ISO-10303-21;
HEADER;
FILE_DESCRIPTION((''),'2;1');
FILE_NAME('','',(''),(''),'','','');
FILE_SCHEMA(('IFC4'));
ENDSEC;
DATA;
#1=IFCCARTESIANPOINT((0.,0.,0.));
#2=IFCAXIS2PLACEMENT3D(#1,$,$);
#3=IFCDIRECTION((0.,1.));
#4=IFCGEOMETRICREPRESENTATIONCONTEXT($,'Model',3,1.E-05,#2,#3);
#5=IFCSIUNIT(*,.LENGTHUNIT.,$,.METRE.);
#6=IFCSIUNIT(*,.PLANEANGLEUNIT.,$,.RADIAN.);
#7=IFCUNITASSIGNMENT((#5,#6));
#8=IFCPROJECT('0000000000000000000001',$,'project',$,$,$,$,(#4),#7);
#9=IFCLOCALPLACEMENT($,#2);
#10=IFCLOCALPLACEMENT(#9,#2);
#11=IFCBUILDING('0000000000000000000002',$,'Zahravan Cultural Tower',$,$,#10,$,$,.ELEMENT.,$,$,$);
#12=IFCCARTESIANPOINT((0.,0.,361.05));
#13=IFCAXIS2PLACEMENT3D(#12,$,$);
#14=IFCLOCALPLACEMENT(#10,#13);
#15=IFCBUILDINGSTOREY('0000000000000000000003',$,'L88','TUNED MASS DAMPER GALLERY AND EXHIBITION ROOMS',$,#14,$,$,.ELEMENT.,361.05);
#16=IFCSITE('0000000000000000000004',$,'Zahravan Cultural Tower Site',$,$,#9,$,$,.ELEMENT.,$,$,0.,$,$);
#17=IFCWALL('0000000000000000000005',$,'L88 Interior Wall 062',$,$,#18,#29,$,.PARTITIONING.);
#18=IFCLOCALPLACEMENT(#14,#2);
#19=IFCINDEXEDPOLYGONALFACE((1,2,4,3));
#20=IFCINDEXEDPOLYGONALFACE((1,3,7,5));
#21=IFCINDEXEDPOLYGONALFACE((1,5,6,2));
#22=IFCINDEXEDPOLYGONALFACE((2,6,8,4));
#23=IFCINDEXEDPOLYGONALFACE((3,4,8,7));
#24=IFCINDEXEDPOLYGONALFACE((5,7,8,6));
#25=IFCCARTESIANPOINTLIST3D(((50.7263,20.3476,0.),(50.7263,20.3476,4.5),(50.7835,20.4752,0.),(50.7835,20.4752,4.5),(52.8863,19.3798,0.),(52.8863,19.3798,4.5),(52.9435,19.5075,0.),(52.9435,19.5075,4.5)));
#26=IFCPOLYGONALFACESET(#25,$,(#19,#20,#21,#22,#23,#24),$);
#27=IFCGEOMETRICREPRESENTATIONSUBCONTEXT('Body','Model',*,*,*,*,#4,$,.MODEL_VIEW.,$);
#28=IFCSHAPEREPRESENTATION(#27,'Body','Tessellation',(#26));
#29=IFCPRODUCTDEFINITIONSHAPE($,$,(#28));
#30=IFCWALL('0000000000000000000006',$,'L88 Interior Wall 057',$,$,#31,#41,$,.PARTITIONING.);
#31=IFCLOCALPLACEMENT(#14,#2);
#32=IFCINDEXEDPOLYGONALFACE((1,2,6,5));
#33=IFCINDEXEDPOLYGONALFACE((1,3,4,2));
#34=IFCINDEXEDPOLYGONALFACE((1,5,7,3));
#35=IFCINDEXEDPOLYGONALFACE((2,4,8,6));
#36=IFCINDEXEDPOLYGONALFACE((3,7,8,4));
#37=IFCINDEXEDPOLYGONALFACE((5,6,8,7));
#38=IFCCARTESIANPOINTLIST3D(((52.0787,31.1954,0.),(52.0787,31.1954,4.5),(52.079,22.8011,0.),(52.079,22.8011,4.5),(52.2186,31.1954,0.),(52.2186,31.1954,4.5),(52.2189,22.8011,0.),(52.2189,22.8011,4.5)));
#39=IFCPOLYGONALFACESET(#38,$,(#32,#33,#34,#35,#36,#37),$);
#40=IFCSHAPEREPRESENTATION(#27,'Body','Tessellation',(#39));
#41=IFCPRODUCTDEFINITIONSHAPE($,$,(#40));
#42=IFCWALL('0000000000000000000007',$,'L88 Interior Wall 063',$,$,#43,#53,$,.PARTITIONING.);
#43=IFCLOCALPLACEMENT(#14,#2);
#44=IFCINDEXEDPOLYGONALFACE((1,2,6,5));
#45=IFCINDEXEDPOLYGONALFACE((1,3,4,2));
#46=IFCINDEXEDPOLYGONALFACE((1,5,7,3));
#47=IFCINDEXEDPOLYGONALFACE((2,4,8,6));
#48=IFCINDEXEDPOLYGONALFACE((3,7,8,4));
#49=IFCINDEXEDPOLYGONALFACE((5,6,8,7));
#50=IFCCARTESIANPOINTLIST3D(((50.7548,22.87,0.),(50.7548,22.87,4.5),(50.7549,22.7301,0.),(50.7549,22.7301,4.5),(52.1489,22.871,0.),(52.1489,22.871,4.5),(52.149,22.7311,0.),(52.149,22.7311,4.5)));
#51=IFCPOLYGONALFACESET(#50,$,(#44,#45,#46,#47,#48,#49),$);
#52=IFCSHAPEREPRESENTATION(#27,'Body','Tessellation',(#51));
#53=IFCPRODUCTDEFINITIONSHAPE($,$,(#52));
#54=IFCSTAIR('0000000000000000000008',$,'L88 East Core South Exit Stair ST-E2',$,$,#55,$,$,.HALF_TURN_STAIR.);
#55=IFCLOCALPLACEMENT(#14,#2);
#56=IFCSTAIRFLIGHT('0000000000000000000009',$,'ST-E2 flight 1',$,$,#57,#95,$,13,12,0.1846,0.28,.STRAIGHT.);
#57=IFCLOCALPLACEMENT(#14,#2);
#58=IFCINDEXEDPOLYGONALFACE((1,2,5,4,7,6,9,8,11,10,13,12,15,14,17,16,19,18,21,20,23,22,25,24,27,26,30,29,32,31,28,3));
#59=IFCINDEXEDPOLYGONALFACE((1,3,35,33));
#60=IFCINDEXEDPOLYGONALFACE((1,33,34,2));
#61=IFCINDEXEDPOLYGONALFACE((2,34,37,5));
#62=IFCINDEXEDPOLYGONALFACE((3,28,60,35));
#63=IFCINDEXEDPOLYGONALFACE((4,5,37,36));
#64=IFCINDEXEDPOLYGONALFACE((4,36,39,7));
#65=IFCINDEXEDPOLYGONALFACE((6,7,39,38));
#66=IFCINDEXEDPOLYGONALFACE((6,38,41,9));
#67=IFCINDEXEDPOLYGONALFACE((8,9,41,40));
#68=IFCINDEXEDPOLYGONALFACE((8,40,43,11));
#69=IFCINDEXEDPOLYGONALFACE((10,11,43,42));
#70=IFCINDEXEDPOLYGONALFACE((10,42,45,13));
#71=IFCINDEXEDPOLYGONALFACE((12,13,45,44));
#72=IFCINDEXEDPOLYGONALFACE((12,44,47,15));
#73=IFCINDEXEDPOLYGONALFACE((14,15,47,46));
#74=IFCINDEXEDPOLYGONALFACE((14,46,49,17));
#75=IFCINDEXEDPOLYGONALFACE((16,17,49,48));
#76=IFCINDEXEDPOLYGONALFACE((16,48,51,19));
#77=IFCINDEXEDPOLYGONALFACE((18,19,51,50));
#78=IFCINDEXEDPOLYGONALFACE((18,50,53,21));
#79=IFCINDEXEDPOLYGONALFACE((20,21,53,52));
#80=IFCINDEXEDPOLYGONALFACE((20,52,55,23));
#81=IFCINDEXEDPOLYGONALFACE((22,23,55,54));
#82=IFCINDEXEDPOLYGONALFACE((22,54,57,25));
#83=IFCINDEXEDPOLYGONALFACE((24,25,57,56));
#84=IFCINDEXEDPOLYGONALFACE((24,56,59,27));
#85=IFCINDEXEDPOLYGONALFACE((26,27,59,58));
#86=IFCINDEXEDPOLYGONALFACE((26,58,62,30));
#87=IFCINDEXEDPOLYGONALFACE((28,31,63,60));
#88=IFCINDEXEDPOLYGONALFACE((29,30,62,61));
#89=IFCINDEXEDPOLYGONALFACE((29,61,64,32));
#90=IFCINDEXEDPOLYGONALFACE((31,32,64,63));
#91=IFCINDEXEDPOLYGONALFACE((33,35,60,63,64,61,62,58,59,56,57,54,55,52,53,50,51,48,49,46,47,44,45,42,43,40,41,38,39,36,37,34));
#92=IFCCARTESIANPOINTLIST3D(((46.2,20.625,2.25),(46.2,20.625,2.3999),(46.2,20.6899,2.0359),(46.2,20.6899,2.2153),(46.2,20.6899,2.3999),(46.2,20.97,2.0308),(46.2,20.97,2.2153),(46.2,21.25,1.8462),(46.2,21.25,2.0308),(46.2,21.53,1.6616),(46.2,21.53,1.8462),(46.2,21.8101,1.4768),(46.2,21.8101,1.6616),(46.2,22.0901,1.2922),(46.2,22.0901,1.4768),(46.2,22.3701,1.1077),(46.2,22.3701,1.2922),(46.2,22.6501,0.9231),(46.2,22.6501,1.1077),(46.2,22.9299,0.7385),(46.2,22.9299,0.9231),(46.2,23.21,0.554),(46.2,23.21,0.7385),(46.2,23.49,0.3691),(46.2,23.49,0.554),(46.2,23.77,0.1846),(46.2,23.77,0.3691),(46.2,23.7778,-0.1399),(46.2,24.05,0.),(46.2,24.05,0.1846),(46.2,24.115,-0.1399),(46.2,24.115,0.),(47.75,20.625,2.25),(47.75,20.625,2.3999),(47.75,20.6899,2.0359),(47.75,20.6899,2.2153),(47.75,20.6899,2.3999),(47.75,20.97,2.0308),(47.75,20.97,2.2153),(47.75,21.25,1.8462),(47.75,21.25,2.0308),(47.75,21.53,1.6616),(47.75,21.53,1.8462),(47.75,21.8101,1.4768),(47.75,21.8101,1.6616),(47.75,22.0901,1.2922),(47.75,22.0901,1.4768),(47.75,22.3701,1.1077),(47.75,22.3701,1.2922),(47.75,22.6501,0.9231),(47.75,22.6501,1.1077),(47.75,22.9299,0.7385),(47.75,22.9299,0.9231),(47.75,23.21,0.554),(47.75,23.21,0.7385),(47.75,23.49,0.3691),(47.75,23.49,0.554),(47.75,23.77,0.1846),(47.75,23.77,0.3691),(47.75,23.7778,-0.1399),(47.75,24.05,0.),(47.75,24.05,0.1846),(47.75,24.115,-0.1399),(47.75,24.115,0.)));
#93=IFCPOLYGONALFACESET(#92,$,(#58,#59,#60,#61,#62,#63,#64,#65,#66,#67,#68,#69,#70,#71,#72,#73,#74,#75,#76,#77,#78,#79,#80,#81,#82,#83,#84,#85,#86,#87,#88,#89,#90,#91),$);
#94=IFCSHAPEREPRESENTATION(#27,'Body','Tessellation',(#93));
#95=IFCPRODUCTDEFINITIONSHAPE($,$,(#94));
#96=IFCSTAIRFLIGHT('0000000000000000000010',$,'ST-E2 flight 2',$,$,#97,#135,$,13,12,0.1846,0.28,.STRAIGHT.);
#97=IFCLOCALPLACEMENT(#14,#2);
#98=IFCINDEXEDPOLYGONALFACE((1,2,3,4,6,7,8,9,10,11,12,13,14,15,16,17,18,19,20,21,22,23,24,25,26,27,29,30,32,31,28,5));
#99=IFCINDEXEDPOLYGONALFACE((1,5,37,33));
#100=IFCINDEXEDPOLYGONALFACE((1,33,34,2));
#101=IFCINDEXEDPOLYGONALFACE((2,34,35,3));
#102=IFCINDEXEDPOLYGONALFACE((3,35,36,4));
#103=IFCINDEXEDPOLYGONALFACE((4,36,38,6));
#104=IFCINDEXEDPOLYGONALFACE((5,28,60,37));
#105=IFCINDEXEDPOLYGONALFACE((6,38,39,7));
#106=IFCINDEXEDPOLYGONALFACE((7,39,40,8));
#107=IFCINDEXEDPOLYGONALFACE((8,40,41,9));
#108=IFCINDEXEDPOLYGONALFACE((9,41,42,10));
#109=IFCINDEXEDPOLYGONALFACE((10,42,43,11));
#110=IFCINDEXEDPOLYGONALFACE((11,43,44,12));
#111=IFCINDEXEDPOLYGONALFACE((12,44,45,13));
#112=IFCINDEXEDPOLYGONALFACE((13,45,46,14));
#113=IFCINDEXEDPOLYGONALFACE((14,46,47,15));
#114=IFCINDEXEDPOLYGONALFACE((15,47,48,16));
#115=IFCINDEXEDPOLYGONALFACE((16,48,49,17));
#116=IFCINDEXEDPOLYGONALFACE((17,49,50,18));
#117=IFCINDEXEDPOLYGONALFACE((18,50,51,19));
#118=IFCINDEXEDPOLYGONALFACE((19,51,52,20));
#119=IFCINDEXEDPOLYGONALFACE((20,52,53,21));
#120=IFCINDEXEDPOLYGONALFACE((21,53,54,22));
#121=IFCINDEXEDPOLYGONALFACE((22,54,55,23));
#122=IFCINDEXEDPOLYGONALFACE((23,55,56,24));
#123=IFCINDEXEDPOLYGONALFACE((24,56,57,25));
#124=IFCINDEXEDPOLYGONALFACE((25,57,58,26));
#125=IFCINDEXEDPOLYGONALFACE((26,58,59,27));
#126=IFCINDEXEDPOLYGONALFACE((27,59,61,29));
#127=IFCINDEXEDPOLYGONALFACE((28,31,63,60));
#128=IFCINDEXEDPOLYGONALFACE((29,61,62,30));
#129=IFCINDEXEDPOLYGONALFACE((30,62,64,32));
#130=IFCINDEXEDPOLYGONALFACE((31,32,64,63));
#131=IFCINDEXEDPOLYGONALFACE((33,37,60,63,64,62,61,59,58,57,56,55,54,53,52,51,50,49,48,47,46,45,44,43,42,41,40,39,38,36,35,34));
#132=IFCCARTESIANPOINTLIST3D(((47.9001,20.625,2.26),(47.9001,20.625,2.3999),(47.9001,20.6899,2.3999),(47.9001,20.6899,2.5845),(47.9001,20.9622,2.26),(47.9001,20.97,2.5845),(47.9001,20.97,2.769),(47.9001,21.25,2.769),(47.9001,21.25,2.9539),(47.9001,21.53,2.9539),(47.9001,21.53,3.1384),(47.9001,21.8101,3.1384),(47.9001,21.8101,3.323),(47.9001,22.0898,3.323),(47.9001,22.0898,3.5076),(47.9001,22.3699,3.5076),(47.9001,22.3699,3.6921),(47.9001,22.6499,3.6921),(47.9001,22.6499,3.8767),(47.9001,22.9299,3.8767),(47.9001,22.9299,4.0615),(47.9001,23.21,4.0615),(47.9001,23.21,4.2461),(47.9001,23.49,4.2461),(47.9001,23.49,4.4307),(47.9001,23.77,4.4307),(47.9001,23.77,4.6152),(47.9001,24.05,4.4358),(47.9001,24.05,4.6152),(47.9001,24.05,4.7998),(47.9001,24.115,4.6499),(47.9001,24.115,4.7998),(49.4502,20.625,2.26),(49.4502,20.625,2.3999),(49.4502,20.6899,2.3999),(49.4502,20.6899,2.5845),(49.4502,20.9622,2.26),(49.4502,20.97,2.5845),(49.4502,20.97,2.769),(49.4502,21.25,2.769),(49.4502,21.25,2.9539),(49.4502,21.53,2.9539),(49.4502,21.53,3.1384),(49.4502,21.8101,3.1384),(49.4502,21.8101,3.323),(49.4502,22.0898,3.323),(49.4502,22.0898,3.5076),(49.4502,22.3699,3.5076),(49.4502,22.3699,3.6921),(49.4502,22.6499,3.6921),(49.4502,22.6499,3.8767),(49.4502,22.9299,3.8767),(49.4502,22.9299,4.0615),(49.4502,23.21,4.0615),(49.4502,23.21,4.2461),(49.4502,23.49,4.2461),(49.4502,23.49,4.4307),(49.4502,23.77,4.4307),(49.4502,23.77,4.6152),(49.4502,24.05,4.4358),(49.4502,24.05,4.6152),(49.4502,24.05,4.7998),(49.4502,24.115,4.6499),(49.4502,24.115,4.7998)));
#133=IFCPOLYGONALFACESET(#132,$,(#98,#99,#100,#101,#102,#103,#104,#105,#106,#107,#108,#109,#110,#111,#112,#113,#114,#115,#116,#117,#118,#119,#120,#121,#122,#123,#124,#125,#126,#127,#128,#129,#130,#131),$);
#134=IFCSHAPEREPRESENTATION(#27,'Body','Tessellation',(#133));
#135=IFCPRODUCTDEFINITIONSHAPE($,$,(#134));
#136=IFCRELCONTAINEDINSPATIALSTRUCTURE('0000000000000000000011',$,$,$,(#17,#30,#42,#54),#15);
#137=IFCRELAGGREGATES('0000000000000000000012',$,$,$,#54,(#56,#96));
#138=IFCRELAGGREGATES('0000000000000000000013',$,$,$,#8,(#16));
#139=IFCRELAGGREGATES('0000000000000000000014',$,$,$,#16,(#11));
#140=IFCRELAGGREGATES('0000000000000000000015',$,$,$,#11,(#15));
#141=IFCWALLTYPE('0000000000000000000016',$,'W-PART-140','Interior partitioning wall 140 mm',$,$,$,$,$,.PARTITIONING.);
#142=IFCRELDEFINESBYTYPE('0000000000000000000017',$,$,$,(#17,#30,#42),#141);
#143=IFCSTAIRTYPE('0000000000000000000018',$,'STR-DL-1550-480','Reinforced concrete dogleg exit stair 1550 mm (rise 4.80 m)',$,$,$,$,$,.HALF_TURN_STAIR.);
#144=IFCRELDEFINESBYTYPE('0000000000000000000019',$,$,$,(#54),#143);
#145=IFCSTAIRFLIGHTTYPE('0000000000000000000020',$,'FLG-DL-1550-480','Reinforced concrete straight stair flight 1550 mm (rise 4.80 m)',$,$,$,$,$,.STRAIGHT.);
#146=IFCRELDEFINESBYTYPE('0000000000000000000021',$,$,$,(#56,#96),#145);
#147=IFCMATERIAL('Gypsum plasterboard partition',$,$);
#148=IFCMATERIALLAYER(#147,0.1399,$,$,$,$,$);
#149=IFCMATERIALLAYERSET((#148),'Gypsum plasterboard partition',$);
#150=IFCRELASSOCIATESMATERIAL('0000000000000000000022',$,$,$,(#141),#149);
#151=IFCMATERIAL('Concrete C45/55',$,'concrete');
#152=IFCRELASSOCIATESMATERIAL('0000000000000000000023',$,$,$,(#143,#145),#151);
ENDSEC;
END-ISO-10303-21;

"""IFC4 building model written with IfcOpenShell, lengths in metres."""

from ifc_helpers import new_model, si_unit, direction, frame, frame_2d, origin, place, context, subcontext, project, spatial, polyline, rectangle, outline, extrude, source, transform, mapped, material, layer, layer_set, type_object, element, aggregate, save


model = new_model("IFC4")

# Units and contexts
model_context = context("Model", 3, precision=1e-05, world=origin(), true_north=direction((0.0, 1.0)))
body_context = subcontext(model_context, "Body", "Model", "MODEL_VIEW")
ifc_project = project(units=[si_unit("LENGTHUNIT", "METRE"), si_unit("PLANEANGLEUNIT", "RADIAN")], contexts=[model_context])

# Site, building, storey
site_placement = place(None, origin())
site = spatial("IfcSite", under=ifc_project, at=site_placement, Name="Zahravan Cultural Tower Site", CompositionType="ELEMENT", RefElevation=0.0)
building_placement = place(site_placement, origin())
building = spatial("IfcBuilding", under=site, at=building_placement, Name="Zahravan Cultural Tower", CompositionType="ELEMENT")
storey_placement = place(building_placement, frame((0.0, 0.0, 361.05)))
storey = spatial("IfcBuildingStorey", under=building, at=storey_placement, Name="L88", Description="TUNED MASS DAMPER GALLERY AND EXHIBITION ROOMS", CompositionType="ELEMENT", Elevation=361.05)

# Walls
ifc_material_1 = material(Name="Gypsum plasterboard partition")
ifc_layer_1 = layer(ifc_material_1, 0.1399)
ifc_layer_set_1 = layer_set([ifc_layer_1], Name="Gypsum plasterboard partition")
wall_type_1 = type_object("IfcWallType", Name="W-PART-140", Description="Interior partitioning wall 140 mm", PredefinedType="PARTITIONING", material=ifc_layer_set_1)
shared_shape_1 = source(origin(), body_context, "Body", "SweptSolid", [
    extrude(rectangle(XDim=2.3669, YDim=0.1399, at=frame_2d((1.1836, 0.0))), origin(), (0.0, 0.0, 1.0), 4.5),
])
wall_1_placement = place(storey_placement, frame((52.915, 19.4436, 0.0), z_axis=(0.0, 0.0, 1.0), x_axis=(-0.9126, 0.408855, 0.0)))
element("IfcWall", 1, at=wall_1_placement, inside=storey, type_object=wall_type_1, Name="L88 Interior Wall 062", PredefinedType="PARTITIONING", context=body_context, shape_type="MappedRepresentation", body=[
    mapped(shared_shape_1, transform((0.0, 0.0, 0.0), x_axis=(1.0, 0.0, 0.0), y_axis=(0.0, 1.0, 0.0), z_axis=(0.0, 0.0, 1.0), scale=1.0)),
])
shared_shape_2 = source(origin(), body_context, "Body", "SweptSolid", [
    extrude(rectangle(XDim=8.3943, YDim=0.1399, at=frame_2d((4.1973, 0.0))), origin(), (0.0, 0.0, 1.0), 4.5),
])
wall_2_placement = place(storey_placement, frame((52.1489, 22.801, 0.0), z_axis=(0.0, 0.0, 1.0), x_axis=(-0.000029, 1.0, 0.0)))
element("IfcWall", 2, at=wall_2_placement, inside=storey, type_object=wall_type_1, Name="L88 Interior Wall 057", PredefinedType="PARTITIONING", context=body_context, shape_type="MappedRepresentation", body=[
    mapped(shared_shape_2, transform((0.0, 0.0, 0.0), x_axis=(1.0, 0.0, 0.0), y_axis=(0.0, 1.0, 0.0), z_axis=(0.0, 0.0, 1.0), scale=1.0)),
])
shared_shape_3 = source(origin(), body_context, "Body", "SweptSolid", [
    extrude(rectangle(XDim=1.394, YDim=0.1399, at=frame_2d((0.697, 0.0))), origin(), (0.0, 0.0, 1.0), 4.5),
])
wall_3_placement = place(storey_placement, frame((50.7549, 22.8, 0.0), z_axis=(0.0, 0.0, 1.0), x_axis=(1.0, 0.000701, 0.0)))
element("IfcWall", 3, at=wall_3_placement, inside=storey, type_object=wall_type_1, Name="L88 Interior Wall 063", PredefinedType="PARTITIONING", context=body_context, shape_type="MappedRepresentation", body=[
    mapped(shared_shape_3, transform((0.0, 0.0, 0.0), x_axis=(1.0, 0.0, 0.0), y_axis=(0.0, 1.0, 0.0), z_axis=(0.0, 0.0, 1.0), scale=1.0)),
])

# Stair, stair flights
ifc_material_2 = material(Name="Concrete C45/55", Category="concrete")
stair_type = type_object("IfcStairType", Name="STR-DL-1550-480", Description="Reinforced concrete dogleg exit stair 1550 mm (rise 4.80 m)", PredefinedType="HALF_TURN_STAIR", material=ifc_material_2)
stair_placement = place(storey_placement, origin())
stair = element("IfcStair", 4, at=stair_placement, inside=storey, type_object=stair_type, Name="L88 East Core South Exit Stair ST-E2", PredefinedType="HALF_TURN_STAIR")
stair_flight_type = type_object("IfcStairFlightType", Name="FLG-DL-1550-480", Description="Reinforced concrete straight stair flight 1550 mm (rise 4.80 m)", PredefinedType="STRAIGHT", material=ifc_material_2)
stair_flight_1_placement = place(storey_placement, frame((46.9751, 24.05, 0.0), z_axis=(0.0, 0.0, 1.0), x_axis=(0.0, -1.0, 0.0)))
stair_flight_1 = element("IfcStairFlight", 5, at=stair_flight_1_placement, type_object=stair_flight_type, Name="ST-E2 flight 1", NumberOfRisers=13, NumberOfTreads=12, PredefinedType="STRAIGHT", RiserHeight=0.1846, TreadLength=0.28, context=body_context, shape_type="SweptSolid", body=[
    extrude(outline(polyline([(-0.0649, -0.1399), (-0.0649, 0.0), (0.0, 0.0), (0.0, 0.1846), (0.28, 0.1846), (0.28, 0.3691), (0.5601, 0.3691), (0.5601, 0.554), (0.8401, 0.554), (0.8401, 0.7385), (1.1201, 0.7385), (1.1201, 0.9231), (1.3999, 0.9231), (1.3999, 1.1077), (1.6799, 1.1077), (1.6799, 1.2922), (1.96, 1.2922), (1.96, 1.4768), (2.24, 1.4768), (2.24, 1.6616), (2.52, 1.6616), (2.52, 1.8462), (2.8, 1.8462), (2.8, 2.0308), (3.0801, 2.0308), (3.0801, 2.2153), (3.3601, 2.2153), (3.3601, 2.3999), (3.425, 2.3999), (3.425, 2.25), (3.3601, 2.0359), (0.2722, -0.1399), (-0.0649, -0.1399)])), frame((0.0, 0.7749, 0.0), z_axis=(0.0, -1.0, 0.0), x_axis=(1.0, 0.0, 0.0)), (0.0, 0.0, 1.0), 1.55),
])
stair_flight_2_placement = place(storey_placement, frame((48.675, 20.6899, 2.3999), z_axis=(0.0, 0.0, 1.0), x_axis=(0.0, 1.0, 0.0)))
stair_flight_2 = element("IfcStairFlight", 6, at=stair_flight_2_placement, type_object=stair_flight_type, Name="ST-E2 flight 2", NumberOfRisers=13, NumberOfTreads=12, PredefinedType="STRAIGHT", RiserHeight=0.1846, TreadLength=0.28, context=body_context, shape_type="SweptSolid", body=[
    extrude(outline(polyline([(-0.0649, -0.1399), (-0.0649, 0.0), (0.0, 0.0), (0.0, 0.1846), (0.28, 0.1846), (0.28, 0.3691), (0.5601, 0.3691), (0.5601, 0.554), (0.8401, 0.554), (0.8401, 0.7385), (1.1201, 0.7385), (1.1201, 0.9231), (1.3999, 0.9231), (1.3999, 1.1077), (1.6799, 1.1077), (1.6799, 1.2922), (1.96, 1.2922), (1.96, 1.4768), (2.24, 1.4768), (2.24, 1.6616), (2.52, 1.6616), (2.52, 1.8462), (2.8, 1.8462), (2.8, 2.0308), (3.0801, 2.0308), (3.0801, 2.2153), (3.3601, 2.2153), (3.3601, 2.3999), (3.425, 2.3999), (3.425, 2.25), (3.3601, 2.0359), (0.2722, -0.1399), (-0.0649, -0.1399)])), frame((0.0, 0.7749, 0.0), z_axis=(0.0, -1.0, 0.0), x_axis=(1.0, 0.0, 0.0)), (0.0, 0.0, 1.0), 1.55),
])
aggregate(stair, [stair_flight_1, stair_flight_2])

save(model, "model.ifc")
